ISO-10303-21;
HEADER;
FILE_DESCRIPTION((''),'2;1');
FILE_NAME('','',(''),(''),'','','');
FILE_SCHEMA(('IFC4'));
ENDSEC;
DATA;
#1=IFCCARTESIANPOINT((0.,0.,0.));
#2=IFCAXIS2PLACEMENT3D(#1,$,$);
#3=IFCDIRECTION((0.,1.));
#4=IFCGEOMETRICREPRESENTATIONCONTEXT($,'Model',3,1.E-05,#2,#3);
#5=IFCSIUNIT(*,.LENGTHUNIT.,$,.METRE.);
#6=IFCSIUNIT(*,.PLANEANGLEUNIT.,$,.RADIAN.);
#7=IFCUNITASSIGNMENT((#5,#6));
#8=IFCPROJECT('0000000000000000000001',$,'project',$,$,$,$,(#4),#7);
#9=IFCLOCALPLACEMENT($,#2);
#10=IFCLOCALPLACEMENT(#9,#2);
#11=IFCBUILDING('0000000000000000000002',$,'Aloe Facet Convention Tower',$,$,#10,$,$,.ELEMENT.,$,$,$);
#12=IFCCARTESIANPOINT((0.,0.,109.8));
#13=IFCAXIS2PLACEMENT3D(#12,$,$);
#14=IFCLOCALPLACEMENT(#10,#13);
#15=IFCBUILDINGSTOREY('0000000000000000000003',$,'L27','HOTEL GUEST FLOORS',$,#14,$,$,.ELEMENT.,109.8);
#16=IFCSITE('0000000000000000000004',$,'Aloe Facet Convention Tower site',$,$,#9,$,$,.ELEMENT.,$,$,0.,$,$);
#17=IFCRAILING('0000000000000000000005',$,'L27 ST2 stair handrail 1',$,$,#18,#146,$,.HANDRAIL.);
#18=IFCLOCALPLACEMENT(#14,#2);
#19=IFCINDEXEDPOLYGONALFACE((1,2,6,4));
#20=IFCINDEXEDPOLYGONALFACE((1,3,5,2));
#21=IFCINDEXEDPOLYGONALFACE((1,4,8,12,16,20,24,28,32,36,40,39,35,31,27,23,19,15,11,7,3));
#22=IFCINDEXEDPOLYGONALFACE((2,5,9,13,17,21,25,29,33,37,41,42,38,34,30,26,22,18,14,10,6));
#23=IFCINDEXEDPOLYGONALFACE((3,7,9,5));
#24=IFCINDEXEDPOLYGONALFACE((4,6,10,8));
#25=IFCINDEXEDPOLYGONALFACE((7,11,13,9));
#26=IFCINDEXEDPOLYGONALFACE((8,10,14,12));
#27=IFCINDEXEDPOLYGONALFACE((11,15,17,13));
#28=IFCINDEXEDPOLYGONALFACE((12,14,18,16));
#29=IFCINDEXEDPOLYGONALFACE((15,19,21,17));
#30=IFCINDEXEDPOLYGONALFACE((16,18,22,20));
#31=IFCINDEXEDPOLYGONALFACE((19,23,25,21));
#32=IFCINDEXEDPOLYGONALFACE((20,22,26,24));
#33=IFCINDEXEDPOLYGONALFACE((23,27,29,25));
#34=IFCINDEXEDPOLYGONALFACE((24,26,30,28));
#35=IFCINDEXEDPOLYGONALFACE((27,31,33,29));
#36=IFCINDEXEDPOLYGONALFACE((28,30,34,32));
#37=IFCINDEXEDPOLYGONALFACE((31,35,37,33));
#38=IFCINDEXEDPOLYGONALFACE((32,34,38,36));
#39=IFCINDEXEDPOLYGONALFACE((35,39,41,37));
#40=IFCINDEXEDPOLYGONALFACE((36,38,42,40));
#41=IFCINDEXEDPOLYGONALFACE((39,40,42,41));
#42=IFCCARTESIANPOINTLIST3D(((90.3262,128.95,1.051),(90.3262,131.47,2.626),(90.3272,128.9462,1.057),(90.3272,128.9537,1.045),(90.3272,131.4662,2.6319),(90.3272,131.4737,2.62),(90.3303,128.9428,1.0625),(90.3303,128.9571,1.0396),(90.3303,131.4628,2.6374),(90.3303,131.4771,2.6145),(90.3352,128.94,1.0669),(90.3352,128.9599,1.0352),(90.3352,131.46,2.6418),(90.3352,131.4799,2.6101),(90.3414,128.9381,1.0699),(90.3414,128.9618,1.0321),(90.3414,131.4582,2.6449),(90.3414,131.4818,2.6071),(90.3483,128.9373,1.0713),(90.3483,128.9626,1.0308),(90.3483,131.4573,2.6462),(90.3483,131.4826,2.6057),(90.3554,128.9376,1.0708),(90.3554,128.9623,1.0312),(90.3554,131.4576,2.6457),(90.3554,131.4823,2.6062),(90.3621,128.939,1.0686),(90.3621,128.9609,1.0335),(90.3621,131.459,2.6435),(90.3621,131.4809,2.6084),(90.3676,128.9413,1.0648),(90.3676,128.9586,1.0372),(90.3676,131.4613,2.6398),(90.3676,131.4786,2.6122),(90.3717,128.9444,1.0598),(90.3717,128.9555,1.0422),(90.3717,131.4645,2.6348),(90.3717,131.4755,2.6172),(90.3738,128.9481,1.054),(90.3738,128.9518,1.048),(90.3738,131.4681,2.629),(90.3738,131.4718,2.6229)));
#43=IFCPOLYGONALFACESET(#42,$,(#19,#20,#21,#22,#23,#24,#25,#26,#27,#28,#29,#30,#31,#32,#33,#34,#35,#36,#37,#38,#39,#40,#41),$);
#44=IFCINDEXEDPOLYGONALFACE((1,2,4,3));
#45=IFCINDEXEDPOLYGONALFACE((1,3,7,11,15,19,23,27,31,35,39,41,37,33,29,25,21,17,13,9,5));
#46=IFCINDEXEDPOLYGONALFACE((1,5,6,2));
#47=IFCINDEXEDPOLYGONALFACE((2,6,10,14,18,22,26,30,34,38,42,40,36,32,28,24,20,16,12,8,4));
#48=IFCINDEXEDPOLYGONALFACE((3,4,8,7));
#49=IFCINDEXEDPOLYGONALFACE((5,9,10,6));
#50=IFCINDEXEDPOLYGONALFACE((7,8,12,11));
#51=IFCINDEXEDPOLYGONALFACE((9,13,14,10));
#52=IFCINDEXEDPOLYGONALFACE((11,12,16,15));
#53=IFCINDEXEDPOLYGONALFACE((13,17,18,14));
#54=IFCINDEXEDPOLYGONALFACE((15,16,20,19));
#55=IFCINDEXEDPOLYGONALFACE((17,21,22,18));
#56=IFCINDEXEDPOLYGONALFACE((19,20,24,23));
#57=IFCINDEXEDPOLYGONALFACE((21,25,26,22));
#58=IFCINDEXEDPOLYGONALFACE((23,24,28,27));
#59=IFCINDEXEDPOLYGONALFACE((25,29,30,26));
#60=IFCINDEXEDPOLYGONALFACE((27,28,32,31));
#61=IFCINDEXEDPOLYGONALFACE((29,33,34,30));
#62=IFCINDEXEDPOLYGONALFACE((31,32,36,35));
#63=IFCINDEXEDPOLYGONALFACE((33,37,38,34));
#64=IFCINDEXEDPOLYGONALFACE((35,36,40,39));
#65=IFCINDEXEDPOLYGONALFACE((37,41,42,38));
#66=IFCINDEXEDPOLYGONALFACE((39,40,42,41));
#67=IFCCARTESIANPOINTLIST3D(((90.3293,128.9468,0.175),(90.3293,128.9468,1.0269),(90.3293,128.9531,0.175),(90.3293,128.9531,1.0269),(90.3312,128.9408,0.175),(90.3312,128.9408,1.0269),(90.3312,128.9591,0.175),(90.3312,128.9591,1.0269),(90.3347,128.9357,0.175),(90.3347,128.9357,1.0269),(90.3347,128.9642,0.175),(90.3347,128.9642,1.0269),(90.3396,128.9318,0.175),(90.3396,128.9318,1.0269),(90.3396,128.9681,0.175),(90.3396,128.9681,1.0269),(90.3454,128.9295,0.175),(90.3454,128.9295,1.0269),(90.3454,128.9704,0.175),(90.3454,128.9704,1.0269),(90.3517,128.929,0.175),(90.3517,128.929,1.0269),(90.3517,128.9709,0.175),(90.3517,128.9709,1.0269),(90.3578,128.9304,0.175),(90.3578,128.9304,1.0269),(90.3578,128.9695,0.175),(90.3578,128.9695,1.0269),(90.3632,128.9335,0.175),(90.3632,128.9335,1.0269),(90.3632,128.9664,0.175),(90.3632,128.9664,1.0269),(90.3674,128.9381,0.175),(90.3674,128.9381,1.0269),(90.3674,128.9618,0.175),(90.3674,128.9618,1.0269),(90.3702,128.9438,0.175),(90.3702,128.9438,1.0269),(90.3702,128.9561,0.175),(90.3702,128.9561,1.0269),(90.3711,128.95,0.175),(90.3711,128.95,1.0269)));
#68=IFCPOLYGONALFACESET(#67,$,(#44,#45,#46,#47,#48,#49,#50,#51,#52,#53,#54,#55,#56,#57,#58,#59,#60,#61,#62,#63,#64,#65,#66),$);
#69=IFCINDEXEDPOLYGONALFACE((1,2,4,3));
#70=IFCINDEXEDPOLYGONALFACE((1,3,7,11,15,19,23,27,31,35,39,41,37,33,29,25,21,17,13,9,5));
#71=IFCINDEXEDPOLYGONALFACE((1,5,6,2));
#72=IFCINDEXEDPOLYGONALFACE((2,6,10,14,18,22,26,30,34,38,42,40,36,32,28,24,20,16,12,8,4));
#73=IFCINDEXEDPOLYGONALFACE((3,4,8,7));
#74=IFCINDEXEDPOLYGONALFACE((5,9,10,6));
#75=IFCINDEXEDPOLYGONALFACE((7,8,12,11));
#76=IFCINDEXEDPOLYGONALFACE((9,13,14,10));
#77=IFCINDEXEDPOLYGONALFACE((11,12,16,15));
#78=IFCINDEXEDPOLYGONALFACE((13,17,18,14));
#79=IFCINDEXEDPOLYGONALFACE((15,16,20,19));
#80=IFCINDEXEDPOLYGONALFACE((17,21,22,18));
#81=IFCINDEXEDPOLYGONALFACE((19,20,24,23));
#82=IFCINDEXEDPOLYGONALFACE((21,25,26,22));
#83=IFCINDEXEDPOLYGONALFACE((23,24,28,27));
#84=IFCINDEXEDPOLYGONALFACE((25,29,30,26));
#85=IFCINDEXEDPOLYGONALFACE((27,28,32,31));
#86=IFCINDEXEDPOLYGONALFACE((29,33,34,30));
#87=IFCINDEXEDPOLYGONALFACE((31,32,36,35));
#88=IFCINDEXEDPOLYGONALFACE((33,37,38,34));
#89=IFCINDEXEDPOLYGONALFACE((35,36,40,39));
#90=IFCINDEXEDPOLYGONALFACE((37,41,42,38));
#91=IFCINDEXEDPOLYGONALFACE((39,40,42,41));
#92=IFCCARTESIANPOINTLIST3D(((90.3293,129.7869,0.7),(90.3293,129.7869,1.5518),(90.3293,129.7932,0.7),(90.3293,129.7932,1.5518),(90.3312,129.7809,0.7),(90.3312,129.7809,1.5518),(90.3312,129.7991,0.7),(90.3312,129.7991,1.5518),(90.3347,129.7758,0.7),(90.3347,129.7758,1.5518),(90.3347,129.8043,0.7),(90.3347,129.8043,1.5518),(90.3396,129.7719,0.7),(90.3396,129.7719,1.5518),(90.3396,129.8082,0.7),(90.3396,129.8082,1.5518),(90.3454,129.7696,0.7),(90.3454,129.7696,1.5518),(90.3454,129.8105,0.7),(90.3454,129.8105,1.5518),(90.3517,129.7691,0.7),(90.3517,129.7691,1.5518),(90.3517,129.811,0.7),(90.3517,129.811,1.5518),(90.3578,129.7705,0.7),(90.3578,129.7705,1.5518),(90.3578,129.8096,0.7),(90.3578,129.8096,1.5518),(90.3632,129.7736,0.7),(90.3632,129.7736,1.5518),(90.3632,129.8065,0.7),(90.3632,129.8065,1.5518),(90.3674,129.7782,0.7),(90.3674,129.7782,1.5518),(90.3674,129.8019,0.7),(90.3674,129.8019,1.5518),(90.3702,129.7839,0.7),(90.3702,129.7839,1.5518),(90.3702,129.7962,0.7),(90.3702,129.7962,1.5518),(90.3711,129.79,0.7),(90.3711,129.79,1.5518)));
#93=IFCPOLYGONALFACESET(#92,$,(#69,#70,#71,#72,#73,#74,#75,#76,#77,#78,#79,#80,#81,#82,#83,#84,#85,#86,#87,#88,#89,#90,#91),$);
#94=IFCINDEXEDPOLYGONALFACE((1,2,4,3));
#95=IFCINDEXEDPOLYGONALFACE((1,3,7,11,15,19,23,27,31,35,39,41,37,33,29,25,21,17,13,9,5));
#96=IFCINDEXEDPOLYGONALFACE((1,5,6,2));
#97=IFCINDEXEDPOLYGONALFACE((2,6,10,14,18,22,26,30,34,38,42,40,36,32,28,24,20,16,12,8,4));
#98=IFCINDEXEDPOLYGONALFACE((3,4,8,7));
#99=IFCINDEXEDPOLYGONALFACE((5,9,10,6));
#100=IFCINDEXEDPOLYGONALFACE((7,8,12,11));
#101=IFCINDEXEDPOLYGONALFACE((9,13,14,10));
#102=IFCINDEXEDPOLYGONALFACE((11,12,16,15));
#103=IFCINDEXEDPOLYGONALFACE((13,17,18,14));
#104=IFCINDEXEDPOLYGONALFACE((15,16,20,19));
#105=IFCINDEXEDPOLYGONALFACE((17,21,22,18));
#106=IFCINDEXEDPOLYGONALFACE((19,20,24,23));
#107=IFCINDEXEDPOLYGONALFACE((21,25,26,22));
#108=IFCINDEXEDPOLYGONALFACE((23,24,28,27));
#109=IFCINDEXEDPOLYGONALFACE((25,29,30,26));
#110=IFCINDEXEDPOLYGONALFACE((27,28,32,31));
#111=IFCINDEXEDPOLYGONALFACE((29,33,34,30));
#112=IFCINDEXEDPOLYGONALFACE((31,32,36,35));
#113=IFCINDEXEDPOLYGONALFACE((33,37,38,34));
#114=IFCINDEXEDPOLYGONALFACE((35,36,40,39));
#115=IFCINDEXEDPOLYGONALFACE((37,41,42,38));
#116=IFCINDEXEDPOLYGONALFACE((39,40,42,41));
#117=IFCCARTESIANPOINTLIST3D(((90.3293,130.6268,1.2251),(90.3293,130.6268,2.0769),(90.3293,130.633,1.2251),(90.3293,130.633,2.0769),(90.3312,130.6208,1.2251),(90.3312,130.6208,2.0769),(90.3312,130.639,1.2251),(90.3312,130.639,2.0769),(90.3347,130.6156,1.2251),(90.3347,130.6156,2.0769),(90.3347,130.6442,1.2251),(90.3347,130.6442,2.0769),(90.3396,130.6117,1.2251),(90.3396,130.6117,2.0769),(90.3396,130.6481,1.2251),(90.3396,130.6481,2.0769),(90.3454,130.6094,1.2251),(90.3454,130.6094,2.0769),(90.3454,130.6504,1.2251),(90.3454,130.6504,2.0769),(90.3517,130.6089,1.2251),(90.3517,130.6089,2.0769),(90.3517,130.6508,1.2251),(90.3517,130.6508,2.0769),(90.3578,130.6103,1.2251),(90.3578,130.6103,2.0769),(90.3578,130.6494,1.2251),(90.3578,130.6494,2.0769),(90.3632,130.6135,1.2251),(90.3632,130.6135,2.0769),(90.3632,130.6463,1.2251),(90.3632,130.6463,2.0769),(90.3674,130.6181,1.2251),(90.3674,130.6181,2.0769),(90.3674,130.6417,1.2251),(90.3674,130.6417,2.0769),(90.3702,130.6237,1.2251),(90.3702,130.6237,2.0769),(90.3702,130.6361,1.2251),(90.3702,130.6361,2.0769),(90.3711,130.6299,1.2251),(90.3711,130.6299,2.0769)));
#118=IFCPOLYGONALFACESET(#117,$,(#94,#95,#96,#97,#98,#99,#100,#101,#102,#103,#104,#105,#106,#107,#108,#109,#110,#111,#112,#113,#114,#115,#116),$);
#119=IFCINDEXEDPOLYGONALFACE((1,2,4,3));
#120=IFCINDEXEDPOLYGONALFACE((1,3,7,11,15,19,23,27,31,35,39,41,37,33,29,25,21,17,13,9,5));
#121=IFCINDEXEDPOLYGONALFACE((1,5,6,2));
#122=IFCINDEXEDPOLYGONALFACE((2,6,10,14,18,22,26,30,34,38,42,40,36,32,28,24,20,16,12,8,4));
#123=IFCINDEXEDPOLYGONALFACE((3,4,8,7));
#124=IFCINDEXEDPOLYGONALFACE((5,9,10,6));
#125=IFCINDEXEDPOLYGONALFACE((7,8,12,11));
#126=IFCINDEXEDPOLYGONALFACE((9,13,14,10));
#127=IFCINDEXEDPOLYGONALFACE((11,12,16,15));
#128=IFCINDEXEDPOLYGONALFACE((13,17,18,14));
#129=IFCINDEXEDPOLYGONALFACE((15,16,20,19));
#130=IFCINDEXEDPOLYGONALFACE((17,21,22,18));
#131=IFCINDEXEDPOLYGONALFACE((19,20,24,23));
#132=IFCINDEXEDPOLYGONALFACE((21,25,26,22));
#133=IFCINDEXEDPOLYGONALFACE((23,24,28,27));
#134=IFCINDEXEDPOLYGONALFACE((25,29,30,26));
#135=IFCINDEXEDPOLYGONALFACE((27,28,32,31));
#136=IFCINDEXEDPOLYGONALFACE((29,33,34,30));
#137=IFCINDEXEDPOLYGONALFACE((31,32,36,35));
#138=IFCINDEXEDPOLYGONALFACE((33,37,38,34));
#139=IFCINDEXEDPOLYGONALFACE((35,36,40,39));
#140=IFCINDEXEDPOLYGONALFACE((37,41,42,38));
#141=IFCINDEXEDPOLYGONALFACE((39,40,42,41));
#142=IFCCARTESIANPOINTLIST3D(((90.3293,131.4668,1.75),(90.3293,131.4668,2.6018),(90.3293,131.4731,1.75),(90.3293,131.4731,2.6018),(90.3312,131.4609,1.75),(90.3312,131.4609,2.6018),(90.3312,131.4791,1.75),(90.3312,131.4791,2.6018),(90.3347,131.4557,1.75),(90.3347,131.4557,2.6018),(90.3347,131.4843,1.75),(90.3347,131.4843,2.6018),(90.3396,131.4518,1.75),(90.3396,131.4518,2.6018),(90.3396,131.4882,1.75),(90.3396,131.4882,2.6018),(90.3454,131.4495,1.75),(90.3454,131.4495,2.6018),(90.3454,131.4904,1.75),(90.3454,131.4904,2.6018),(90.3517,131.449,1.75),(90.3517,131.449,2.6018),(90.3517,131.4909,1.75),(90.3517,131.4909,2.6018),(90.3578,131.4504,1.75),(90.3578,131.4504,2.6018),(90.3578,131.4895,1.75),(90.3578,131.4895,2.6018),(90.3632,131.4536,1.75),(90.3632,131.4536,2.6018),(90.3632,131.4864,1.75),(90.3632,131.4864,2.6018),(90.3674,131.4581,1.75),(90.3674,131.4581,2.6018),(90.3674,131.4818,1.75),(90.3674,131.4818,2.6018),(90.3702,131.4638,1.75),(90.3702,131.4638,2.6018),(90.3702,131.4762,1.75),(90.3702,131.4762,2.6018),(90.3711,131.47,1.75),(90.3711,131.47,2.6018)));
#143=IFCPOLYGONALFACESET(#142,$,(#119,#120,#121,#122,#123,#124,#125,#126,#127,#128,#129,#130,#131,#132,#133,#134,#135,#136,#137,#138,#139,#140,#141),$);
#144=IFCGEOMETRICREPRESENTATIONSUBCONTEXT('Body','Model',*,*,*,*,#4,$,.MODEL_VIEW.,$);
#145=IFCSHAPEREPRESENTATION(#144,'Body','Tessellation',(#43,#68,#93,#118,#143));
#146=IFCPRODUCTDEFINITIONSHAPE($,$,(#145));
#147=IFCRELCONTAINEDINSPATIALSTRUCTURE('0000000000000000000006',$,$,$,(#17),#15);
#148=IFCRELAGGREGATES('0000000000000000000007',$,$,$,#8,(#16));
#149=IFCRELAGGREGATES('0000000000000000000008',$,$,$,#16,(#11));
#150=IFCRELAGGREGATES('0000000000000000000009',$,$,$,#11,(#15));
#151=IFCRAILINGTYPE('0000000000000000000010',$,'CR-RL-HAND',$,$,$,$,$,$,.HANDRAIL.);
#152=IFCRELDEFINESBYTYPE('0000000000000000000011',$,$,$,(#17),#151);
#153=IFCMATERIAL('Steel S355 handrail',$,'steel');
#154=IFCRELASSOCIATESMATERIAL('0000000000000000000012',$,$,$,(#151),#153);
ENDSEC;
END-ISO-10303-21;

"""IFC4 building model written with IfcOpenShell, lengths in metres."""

from ifc_helpers import new_model, si_unit, direction, frame, origin, origin_2d, place, context, subcontext, project, spatial, circle, extrude, material, type_object, element, save


model = new_model("IFC4")

# Units and contexts
model_context = context("Model", 3, precision=1e-05, world=origin(), true_north=direction((0.0, 1.0)))
body_context = subcontext(model_context, "Body", "Model", "MODEL_VIEW")
ifc_project = project(units=[si_unit("LENGTHUNIT", "METRE"), si_unit("PLANEANGLEUNIT", "RADIAN")], contexts=[model_context])

# Site, building, storey
site_placement = place(None, origin())
site = spatial("IfcSite", under=ifc_project, at=site_placement, Name="Aloe Facet Convention Tower site", CompositionType="ELEMENT", RefElevation=0.0)
building_placement = place(site_placement, origin())
building = spatial("IfcBuilding", under=site, at=building_placement, Name="Aloe Facet Convention Tower", CompositionType="ELEMENT")
storey_placement = place(building_placement, frame((0.0, 0.0, 109.8)))
storey = spatial("IfcBuildingStorey", under=building, at=storey_placement, Name="L27", Description="HOTEL GUEST FLOORS", CompositionType="ELEMENT", Elevation=109.8)

# Railing
ifc_material_1 = material(Name="Steel S355 handrail", Category="steel")
railing_type_1 = type_object("IfcRailingType", Name="CR-RL-HAND", PredefinedType="HANDRAIL", material=ifc_material_1)
railing_1_placement = place(storey_placement, frame((90.3501, 128.95, 0.175)))
element("IfcRailing", 1, at=railing_1_placement, inside=storey, type_object=railing_type_1, Name="L27 ST2 stair handrail 1", PredefinedType="HANDRAIL", context=body_context, shape_type="SweptSolid", body=[
    extrude(circle(Radius=0.0239, at=origin_2d()), frame((0.0, 0.0, 0.876), z_axis=(0.0, 0.848008, 0.529984), x_axis=(-1.0, 0.0, 0.0)), (0.0, 0.0, 1.0), 2.9717),
    extrude(circle(Radius=0.021, at=origin_2d()), origin(), (0.0, 0.0, 1.0), 0.8518),
    extrude(circle(Radius=0.021, at=origin_2d()), frame((0.0, 0.8401, 0.5249)), (0.0, 0.0, 1.0), 0.8518),
    extrude(circle(Radius=0.021, at=origin_2d()), frame((0.0, 1.6799, 1.05)), (0.0, 0.0, 1.0), 0.8518),
    extrude(circle(Radius=0.021, at=origin_2d()), frame((0.0, 2.52, 1.575)), (0.0, 0.0, 1.0), 0.8518),
])

save(model, "model.ifc")
